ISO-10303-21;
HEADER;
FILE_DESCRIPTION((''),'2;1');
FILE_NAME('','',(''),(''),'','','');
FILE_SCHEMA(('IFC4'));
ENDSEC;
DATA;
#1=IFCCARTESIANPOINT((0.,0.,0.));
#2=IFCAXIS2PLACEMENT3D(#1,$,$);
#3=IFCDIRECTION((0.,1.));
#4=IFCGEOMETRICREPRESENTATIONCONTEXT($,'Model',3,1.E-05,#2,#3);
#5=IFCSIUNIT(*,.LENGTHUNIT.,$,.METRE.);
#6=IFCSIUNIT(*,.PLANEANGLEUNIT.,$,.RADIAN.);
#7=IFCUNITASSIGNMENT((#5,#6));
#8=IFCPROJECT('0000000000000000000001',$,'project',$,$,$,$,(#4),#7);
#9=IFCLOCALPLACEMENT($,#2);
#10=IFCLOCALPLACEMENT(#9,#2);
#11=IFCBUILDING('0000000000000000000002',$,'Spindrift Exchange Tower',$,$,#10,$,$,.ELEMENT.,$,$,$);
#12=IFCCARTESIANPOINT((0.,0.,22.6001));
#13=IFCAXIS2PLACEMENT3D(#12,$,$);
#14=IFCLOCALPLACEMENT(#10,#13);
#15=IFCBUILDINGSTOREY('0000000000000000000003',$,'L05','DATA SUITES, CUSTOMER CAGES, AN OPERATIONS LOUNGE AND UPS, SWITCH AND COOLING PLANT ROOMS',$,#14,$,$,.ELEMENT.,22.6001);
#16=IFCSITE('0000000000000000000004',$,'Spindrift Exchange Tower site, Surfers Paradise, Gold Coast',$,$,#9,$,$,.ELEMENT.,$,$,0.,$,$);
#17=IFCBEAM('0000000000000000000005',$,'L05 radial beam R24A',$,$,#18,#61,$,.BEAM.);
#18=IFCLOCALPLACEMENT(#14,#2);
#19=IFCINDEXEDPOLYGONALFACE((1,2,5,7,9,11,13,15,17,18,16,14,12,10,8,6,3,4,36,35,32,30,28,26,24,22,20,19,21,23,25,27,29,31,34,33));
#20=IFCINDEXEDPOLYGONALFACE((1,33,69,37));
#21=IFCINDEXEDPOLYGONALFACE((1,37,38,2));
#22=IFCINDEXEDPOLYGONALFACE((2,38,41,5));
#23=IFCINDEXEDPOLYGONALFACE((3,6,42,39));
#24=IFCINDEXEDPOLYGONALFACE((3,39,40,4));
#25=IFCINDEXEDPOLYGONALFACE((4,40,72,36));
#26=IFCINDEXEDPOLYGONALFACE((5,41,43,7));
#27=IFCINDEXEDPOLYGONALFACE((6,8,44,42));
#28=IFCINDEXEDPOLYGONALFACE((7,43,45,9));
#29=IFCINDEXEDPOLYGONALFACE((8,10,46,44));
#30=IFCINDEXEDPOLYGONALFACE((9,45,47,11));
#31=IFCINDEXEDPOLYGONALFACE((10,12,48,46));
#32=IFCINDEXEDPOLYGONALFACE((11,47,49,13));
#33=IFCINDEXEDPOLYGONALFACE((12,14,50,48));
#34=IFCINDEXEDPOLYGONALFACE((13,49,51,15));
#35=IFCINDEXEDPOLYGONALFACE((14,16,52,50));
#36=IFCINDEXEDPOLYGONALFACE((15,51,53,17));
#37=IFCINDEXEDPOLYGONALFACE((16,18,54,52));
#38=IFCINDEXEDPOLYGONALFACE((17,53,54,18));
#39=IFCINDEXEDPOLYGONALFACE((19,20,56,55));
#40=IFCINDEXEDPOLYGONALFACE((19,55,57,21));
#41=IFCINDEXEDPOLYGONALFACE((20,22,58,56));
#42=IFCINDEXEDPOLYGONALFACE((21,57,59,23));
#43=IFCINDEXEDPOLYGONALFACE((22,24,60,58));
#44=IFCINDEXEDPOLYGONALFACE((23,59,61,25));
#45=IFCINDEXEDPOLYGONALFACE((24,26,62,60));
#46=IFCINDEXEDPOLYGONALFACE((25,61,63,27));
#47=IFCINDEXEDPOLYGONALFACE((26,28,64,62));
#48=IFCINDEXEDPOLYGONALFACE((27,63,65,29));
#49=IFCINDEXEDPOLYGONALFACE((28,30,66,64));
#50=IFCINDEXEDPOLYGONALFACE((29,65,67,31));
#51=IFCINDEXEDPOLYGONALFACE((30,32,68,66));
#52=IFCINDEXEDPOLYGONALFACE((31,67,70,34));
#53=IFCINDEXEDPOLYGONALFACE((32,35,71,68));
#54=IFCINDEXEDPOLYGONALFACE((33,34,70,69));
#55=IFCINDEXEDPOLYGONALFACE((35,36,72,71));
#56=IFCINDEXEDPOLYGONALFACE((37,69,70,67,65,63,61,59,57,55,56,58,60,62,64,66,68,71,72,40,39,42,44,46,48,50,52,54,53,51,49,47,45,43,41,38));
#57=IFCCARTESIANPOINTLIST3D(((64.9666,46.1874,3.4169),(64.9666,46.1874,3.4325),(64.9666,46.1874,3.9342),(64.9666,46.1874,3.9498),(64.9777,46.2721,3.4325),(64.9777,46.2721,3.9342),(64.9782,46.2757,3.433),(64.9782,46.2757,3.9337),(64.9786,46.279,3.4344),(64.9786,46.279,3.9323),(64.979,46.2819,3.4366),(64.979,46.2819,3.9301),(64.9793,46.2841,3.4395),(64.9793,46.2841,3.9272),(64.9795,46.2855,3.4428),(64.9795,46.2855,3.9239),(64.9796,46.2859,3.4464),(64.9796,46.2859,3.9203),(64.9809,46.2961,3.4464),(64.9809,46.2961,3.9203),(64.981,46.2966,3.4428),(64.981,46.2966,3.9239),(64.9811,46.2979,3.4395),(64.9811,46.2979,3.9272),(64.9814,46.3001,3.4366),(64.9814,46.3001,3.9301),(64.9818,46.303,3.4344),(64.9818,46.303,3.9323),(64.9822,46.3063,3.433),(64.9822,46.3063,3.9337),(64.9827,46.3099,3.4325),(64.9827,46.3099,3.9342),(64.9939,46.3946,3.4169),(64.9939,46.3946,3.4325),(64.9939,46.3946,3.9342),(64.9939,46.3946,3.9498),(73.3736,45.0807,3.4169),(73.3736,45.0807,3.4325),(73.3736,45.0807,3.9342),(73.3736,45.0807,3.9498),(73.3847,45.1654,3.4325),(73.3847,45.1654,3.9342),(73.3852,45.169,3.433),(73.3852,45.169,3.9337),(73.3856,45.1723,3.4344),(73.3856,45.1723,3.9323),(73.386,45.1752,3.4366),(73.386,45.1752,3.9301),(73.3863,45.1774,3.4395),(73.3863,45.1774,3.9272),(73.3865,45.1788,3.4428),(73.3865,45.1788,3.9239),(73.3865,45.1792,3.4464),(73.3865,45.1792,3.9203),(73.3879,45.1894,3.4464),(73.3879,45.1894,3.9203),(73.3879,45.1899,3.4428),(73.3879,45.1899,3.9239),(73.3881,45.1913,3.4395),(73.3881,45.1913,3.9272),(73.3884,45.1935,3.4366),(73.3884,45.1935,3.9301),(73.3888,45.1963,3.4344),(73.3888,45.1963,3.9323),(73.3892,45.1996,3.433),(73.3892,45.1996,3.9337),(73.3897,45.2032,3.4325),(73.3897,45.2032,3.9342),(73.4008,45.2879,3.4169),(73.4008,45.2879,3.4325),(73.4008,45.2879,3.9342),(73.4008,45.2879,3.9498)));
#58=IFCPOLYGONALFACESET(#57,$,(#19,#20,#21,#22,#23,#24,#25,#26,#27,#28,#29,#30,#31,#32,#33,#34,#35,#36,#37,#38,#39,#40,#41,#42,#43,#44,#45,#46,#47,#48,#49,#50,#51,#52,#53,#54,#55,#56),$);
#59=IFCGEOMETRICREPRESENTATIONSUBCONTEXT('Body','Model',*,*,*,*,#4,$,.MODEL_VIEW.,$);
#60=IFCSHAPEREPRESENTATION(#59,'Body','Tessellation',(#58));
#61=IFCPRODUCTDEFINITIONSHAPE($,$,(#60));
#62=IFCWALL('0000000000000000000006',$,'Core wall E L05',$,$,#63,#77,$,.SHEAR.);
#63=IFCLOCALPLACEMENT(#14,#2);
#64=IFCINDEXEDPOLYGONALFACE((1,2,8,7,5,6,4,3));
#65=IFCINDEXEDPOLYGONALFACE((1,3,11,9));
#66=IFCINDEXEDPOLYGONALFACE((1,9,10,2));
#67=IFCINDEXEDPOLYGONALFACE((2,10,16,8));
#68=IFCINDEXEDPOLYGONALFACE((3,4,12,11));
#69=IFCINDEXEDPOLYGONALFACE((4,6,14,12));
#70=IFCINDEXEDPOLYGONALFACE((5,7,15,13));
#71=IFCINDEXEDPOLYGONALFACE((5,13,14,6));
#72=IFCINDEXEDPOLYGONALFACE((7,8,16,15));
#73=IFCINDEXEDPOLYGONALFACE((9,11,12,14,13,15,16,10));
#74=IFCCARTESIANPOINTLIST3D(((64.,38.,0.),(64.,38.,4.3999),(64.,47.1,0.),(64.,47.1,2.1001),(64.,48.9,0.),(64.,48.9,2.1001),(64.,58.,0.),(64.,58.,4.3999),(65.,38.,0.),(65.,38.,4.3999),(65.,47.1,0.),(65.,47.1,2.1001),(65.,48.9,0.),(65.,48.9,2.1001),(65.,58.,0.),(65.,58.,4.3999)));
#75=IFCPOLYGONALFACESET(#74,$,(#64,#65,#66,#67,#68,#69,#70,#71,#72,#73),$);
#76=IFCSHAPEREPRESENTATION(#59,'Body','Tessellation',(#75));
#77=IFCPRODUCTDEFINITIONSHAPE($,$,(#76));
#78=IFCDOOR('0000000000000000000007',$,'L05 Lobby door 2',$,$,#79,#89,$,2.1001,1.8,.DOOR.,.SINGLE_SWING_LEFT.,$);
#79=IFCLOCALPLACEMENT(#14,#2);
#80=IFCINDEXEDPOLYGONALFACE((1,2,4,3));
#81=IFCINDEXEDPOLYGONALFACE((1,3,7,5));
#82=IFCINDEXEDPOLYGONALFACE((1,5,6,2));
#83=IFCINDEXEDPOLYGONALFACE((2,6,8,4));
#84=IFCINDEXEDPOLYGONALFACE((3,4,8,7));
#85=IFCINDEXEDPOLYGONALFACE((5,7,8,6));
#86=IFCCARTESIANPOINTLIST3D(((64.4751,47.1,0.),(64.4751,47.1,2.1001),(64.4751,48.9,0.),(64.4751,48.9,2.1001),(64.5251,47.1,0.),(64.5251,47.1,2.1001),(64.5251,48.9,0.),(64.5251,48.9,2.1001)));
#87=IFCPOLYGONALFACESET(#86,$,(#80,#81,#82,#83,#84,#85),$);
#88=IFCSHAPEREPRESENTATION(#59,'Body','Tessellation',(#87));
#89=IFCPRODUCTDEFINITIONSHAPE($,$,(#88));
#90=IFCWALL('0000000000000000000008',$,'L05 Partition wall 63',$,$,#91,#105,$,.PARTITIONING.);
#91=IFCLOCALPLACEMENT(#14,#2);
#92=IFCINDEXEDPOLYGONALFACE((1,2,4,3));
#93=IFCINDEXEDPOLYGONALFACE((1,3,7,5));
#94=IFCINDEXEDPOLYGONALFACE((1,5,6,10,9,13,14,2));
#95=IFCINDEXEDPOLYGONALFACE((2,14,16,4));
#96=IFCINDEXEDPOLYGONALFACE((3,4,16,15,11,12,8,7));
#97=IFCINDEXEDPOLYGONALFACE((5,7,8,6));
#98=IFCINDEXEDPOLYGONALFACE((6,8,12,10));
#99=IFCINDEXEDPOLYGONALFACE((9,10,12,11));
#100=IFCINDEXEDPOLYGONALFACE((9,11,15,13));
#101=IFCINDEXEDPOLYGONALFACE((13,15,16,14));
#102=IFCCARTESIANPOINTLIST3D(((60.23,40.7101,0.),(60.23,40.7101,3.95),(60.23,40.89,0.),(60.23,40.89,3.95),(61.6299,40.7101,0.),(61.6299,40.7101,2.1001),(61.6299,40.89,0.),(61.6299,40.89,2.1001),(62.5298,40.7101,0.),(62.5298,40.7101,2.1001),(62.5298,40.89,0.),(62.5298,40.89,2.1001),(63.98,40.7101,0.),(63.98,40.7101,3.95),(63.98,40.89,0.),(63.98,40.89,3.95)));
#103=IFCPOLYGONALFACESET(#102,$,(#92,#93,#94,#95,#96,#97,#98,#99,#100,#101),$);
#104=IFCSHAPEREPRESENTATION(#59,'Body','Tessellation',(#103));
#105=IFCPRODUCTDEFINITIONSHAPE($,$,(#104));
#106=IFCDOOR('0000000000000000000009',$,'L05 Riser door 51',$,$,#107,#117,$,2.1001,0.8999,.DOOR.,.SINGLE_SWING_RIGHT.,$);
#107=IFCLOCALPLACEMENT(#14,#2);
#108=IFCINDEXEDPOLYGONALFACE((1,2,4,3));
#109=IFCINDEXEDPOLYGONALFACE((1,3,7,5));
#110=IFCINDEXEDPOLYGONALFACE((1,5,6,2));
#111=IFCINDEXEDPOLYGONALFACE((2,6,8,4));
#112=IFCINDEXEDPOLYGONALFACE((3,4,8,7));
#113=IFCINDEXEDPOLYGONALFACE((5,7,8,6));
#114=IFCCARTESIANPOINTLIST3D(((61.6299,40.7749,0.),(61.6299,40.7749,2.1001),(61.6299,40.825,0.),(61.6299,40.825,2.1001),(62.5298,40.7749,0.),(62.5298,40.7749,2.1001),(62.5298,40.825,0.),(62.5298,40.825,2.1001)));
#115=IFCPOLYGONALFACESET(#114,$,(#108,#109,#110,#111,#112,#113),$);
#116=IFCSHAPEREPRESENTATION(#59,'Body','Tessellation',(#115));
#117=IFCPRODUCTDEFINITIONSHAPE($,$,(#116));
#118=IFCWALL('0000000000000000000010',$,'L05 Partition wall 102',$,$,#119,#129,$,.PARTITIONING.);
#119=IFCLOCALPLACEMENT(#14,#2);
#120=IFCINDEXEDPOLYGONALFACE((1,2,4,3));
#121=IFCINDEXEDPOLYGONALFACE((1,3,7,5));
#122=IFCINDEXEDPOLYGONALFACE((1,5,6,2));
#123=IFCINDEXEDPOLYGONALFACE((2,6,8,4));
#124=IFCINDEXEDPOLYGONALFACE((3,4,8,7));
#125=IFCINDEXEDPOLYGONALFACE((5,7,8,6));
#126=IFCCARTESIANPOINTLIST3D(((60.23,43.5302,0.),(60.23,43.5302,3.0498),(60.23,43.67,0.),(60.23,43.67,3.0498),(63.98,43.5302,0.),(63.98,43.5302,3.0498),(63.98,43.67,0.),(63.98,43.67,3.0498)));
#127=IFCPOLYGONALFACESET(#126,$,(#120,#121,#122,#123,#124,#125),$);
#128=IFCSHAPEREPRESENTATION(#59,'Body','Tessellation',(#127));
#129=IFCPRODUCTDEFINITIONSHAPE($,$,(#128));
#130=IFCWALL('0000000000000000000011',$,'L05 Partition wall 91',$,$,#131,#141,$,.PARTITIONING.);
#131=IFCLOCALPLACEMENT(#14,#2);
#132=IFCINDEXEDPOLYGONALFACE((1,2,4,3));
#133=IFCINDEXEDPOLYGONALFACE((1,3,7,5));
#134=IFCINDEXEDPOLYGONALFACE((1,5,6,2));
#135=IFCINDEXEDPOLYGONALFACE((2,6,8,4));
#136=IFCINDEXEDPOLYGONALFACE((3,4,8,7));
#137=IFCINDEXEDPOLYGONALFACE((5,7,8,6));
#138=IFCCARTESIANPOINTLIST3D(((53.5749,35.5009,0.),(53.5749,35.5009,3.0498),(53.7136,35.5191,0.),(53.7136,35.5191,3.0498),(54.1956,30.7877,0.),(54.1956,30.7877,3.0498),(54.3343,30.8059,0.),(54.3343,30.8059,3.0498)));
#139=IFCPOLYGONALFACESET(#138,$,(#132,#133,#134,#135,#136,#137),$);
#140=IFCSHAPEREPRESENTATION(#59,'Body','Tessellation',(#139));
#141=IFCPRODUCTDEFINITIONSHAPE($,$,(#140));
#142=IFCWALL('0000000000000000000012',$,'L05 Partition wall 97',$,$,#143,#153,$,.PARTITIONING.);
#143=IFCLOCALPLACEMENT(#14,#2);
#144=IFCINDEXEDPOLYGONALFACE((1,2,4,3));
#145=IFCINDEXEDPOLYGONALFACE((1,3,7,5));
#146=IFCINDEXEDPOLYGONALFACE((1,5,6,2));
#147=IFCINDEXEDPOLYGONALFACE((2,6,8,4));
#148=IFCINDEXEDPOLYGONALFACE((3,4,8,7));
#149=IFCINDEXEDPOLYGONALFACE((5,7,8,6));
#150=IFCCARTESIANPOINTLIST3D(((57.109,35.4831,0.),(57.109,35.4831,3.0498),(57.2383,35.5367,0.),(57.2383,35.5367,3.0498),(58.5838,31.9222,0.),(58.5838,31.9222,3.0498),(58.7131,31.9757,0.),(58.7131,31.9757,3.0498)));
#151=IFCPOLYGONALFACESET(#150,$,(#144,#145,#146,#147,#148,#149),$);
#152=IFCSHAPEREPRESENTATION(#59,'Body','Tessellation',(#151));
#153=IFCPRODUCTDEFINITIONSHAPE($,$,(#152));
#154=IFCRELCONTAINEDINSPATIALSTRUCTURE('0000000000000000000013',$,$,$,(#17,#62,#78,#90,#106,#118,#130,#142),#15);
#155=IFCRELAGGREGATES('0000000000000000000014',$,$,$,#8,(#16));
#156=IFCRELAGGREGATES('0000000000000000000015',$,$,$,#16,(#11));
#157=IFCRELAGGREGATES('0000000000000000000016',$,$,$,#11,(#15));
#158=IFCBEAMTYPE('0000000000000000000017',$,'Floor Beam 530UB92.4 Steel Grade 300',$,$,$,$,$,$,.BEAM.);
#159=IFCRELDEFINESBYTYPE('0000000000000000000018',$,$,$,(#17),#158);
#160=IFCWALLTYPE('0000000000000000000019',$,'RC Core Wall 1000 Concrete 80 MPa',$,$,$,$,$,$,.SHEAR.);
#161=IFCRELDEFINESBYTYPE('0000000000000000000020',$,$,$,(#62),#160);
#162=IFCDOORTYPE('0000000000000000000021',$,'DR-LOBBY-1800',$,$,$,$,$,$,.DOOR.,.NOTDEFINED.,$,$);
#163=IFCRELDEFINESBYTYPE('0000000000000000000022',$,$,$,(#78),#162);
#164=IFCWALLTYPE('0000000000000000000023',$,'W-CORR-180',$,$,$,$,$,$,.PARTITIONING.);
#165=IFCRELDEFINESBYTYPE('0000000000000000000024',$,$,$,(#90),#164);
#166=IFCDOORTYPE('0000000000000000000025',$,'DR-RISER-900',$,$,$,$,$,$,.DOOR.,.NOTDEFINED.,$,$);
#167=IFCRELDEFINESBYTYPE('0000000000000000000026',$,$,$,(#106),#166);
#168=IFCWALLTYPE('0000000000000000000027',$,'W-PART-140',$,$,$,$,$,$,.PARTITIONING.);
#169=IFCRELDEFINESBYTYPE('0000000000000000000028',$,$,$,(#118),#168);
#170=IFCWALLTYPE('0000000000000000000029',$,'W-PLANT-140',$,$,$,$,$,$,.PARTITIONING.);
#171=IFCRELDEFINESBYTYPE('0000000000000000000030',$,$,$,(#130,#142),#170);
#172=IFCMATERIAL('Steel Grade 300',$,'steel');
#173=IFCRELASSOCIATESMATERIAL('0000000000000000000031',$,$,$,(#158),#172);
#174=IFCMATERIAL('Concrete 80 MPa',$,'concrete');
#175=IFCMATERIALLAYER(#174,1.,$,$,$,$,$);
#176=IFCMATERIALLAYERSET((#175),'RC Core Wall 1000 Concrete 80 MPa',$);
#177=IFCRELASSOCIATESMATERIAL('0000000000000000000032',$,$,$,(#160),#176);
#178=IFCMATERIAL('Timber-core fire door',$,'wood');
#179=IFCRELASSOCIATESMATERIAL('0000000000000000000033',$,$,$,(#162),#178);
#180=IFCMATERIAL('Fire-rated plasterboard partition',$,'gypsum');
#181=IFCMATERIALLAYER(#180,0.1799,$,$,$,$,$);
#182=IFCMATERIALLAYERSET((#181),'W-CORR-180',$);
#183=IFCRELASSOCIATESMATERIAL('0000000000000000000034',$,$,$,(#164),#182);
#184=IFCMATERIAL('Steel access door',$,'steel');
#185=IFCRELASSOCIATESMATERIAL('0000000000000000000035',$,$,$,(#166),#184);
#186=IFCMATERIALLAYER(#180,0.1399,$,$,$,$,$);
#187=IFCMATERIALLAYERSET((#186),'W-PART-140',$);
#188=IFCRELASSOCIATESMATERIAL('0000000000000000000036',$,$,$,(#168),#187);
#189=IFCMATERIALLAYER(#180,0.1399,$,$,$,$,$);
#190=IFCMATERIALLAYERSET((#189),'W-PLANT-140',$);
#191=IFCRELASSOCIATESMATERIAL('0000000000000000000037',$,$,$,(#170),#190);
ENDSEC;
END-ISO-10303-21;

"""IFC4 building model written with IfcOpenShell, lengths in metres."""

from ifc_helpers import new_model, si_unit, direction, frame, frame_2d, origin, origin_2d, place, context, subcontext, project, spatial, rectangle, i_section, extrude, source, transform, mapped, material, layer, layer_set, material_profile, profile_set, type_object, element, fill, save


model = new_model("IFC4")

# Units and contexts
model_context = context("Model", 3, precision=1e-05, world=origin(), true_north=direction((0.0, 1.0)))
body_context = subcontext(model_context, "Body", "Model", "MODEL_VIEW")
ifc_project = project(units=[si_unit("LENGTHUNIT", "METRE"), si_unit("PLANEANGLEUNIT", "RADIAN")], contexts=[model_context])

# Site, building, storey
site_placement = place(None, origin())
site = spatial("IfcSite", under=ifc_project, at=site_placement, Name="Spindrift Exchange Tower site, Surfers Paradise, Gold Coast", CompositionType="ELEMENT", RefElevation=0.0)
building_placement = place(site_placement, origin())
building = spatial("IfcBuilding", under=site, at=building_placement, Name="Spindrift Exchange Tower", CompositionType="ELEMENT")
storey_placement = place(building_placement, frame((0.0, 0.0, 22.6001)))
storey = spatial("IfcBuildingStorey", under=building, at=storey_placement, Name="L05", Description="DATA SUITES, CUSTOMER CAGES, AN OPERATIONS LOUNGE AND UPS, SWITCH AND COOLING PLANT ROOMS", CompositionType="ELEMENT", Elevation=22.6001)

# Shared definitions
ifc_material_1 = material(Name="Concrete 80 MPa", Category="concrete")

# Beam
ifc_material_2 = material(Name="Steel Grade 300", Category="steel")
ifc_material_profile_1 = material_profile(ifc_material_2, i_section(OverallWidth=0.209, OverallDepth=0.533, WebThickness=0.0103, FlangeThickness=0.0156, FilletRadius=0.0139, at=origin_2d()), Name="530UB92.4")
ifc_profile_set_1 = profile_set([ifc_material_profile_1], Name="Steel Grade 300")
beam_type_1 = type_object("IfcBeamType", Name="Floor Beam 530UB92.4 Steel Grade 300", PredefinedType="BEAM", material=ifc_profile_set_1)
shared_shape_1 = source(origin(), body_context, "Body", "SweptSolid", [
    extrude(i_section(OverallWidth=0.209, OverallDepth=0.533, WebThickness=0.0103, FlangeThickness=0.0156, FilletRadius=0.0139, at=origin_2d()), origin(), (0.0, 0.0, 1.0), 8.4795),
])
beam_1_placement = place(storey_placement, frame((64.9802, 46.291, 3.6833), z_axis=(0.991447, -0.130513, 0.0), x_axis=(0.130513, 0.991447, 0.0)))
element("IfcBeam", 1, at=beam_1_placement, inside=storey, type_object=beam_type_1, Name="L05 radial beam R24A", PredefinedType="BEAM", context=body_context, shape_type="MappedRepresentation", body=[
    mapped(shared_shape_1, transform((0.0, 0.0, 0.0), scale=1.0)),
])

# Walls, openings, doors
ifc_layer_1 = layer(ifc_material_1, 1.0)
ifc_layer_set_1 = layer_set([ifc_layer_1], Name="RC Core Wall 1000 Concrete 80 MPa")
wall_type_1 = type_object("IfcWallType", Name="RC Core Wall 1000 Concrete 80 MPa", PredefinedType="SHEAR", material=ifc_layer_set_1)
wall_1_placement = place(storey_placement, frame((64.5, 38.0, 0.0), z_axis=(0.0, 0.0, 1.0), x_axis=(0.0, 1.0, 0.0)))
wall_1 = element("IfcWall", 2, at=wall_1_placement, inside=storey, type_object=wall_type_1, Name="Core wall E L05", PredefinedType="SHEAR", context=body_context, shape_type="SweptSolid", body=[
    extrude(rectangle(XDim=20.0, YDim=1.0, at=frame_2d((10.0, 0.0))), origin(), (0.0, 0.0, 1.0), 4.3999),
])
opening_1_placement = place(wall_1_placement, frame((9.1001, 0.0, 0.0)))
opening_1 = element("IfcOpeningElement", 3, at=opening_1_placement, cuts=wall_1, PredefinedType="OPENING", context=body_context, shape_type="SweptSolid", body=[
    extrude(rectangle(XDim=1.8, YDim=2.1001, at=frame_2d((0.8999, 1.05))), frame((0.0, 0.51, 0.0), z_axis=(0.0, -1.0, 0.0), x_axis=(1.0, 0.0, 0.0)), (0.0, 0.0, 1.0), 1.02),
])
ifc_material_3 = material(Name="Timber-core fire door", Category="wood")
door_type_1 = type_object("IfcDoorType", Name="DR-LOBBY-1800", OperationType="NOTDEFINED", PredefinedType="DOOR", material=ifc_material_3)
shared_shape_2 = source(origin(), body_context, "Body", "SweptSolid", [
    extrude(rectangle(XDim=1.8, YDim=2.1001, at=frame_2d((0.8999, 1.05))), frame((0.0, 0.0249, 0.0), z_axis=(0.0, -1.0, 0.0), x_axis=(1.0, 0.0, 0.0)), (0.0, 0.0, 1.0), 0.05),
])
door_1_placement = place(opening_1_placement, origin())
door_1 = element("IfcDoor", 4, at=door_1_placement, inside=storey, type_object=door_type_1, Name="L05 Lobby door 2", OperationType="SINGLE_SWING_LEFT", OverallHeight=2.1001, OverallWidth=1.8, PredefinedType="DOOR", context=body_context, shape_type="MappedRepresentation", body=[
    mapped(shared_shape_2, transform((0.0, 0.0, 0.0), scale=1.0)),
])
fill(opening_1, door_1)
ifc_material_4 = material(Name="Fire-rated plasterboard partition", Category="gypsum")
ifc_layer_2 = layer(ifc_material_4, 0.1799)
ifc_layer_set_2 = layer_set([ifc_layer_2], Name="W-CORR-180")
wall_type_2 = type_object("IfcWallType", Name="W-CORR-180", PredefinedType="PARTITIONING", material=ifc_layer_set_2)
wall_2_placement = place(storey_placement, frame((60.23, 40.8, 0.0), z_axis=(0.0, 0.0, 1.0), x_axis=(1.0, 0.0, 0.0)))
wall_2 = element("IfcWall", 5, at=wall_2_placement, inside=storey, type_object=wall_type_2, Name="L05 Partition wall 63", PredefinedType="PARTITIONING", context=body_context, shape_type="SweptSolid", body=[
    extrude(rectangle(XDim=3.75, YDim=0.1799, at=frame_2d((1.875, 0.0))), origin(), (0.0, 0.0, 1.0), 3.95),
])
opening_2_placement = place(wall_2_placement, frame((1.3999, 0.0, 0.0)))
opening_2 = element("IfcOpeningElement", 6, at=opening_2_placement, cuts=wall_2, PredefinedType="OPENING", context=body_context, shape_type="SweptSolid", body=[
    extrude(rectangle(XDim=0.8999, YDim=2.1001, at=frame_2d((0.45, 1.05))), frame((0.0, 0.0999, 0.0), z_axis=(0.0, -1.0, 0.0), x_axis=(1.0, 0.0, 0.0)), (0.0, 0.0, 1.0), 0.2),
])
ifc_material_5 = material(Name="Steel access door", Category="steel")
door_type_2 = type_object("IfcDoorType", Name="DR-RISER-900", OperationType="NOTDEFINED", PredefinedType="DOOR", material=ifc_material_5)
shared_shape_3 = source(origin(), body_context, "Body", "SweptSolid", [
    extrude(rectangle(XDim=0.8999, YDim=2.1001, at=frame_2d((0.45, 1.05))), frame((0.0, 0.0249, 0.0), z_axis=(0.0, -1.0, 0.0), x_axis=(1.0, 0.0, 0.0)), (0.0, 0.0, 1.0), 0.05),
])
door_2_placement = place(opening_2_placement, origin())
door_2 = element("IfcDoor", 7, at=door_2_placement, inside=storey, type_object=door_type_2, Name="L05 Riser door 51", OperationType="SINGLE_SWING_RIGHT", OverallHeight=2.1001, OverallWidth=0.8999, PredefinedType="DOOR", context=body_context, shape_type="MappedRepresentation", body=[
    mapped(shared_shape_3, transform((0.0, 0.0, 0.0), scale=1.0)),
])
fill(opening_2, door_2)

# Walls
ifc_layer_3 = layer(ifc_material_4, 0.1399)
ifc_layer_set_3 = layer_set([ifc_layer_3], Name="W-PART-140")
wall_type_3 = type_object("IfcWallType", Name="W-PART-140", PredefinedType="PARTITIONING", material=ifc_layer_set_3)
wall_3_placement = place(storey_placement, frame((60.23, 43.6001, 0.0), z_axis=(0.0, 0.0, 1.0), x_axis=(1.0, 0.0, 0.0)))
element("IfcWall", 8, at=wall_3_placement, inside=storey, type_object=wall_type_3, Name="L05 Partition wall 102", PredefinedType="PARTITIONING", context=body_context, shape_type="SweptSolid", body=[
    extrude(rectangle(XDim=3.75, YDim=0.1399, at=frame_2d((1.875, 0.0))), origin(), (0.0, 0.0, 1.0), 3.0498),
])
ifc_layer_4 = layer(ifc_material_4, 0.1399)
ifc_layer_set_4 = layer_set([ifc_layer_4], Name="W-PLANT-140")
wall_type_4 = type_object("IfcWallType", Name="W-PLANT-140", PredefinedType="PARTITIONING", material=ifc_layer_set_4)
wall_4_placement = place(storey_placement, frame((53.6443, 35.51, 0.0), z_axis=(0.0, 0.0, 1.0), x_axis=(0.130549, -0.991442, 0.0)))
element("IfcWall", 9, at=wall_4_placement, inside=storey, type_object=wall_type_4, Name="L05 Partition wall 91", PredefinedType="PARTITIONING", context=body_context, shape_type="SweptSolid", body=[
    extrude(rectangle(XDim=4.7539, YDim=0.1399, at=frame_2d((2.377, 0.0))), origin(), (0.0, 0.0, 1.0), 3.0498),
])
wall_5_placement = place(storey_placement, frame((57.1736, 35.51, 0.0), z_axis=(0.0, 0.0, 1.0), x_axis=(0.382645, -0.923896, 0.0)))
element("IfcWall", 10, at=wall_5_placement, inside=storey, type_object=wall_type_4, Name="L05 Partition wall 97", PredefinedType="PARTITIONING", context=body_context, shape_type="SweptSolid", body=[
    extrude(rectangle(XDim=3.8542, YDim=0.1399, at=frame_2d((1.9272, 0.0))), origin(), (0.0, 0.0, 1.0), 3.0498),
])

save(model, "model.ifc")
